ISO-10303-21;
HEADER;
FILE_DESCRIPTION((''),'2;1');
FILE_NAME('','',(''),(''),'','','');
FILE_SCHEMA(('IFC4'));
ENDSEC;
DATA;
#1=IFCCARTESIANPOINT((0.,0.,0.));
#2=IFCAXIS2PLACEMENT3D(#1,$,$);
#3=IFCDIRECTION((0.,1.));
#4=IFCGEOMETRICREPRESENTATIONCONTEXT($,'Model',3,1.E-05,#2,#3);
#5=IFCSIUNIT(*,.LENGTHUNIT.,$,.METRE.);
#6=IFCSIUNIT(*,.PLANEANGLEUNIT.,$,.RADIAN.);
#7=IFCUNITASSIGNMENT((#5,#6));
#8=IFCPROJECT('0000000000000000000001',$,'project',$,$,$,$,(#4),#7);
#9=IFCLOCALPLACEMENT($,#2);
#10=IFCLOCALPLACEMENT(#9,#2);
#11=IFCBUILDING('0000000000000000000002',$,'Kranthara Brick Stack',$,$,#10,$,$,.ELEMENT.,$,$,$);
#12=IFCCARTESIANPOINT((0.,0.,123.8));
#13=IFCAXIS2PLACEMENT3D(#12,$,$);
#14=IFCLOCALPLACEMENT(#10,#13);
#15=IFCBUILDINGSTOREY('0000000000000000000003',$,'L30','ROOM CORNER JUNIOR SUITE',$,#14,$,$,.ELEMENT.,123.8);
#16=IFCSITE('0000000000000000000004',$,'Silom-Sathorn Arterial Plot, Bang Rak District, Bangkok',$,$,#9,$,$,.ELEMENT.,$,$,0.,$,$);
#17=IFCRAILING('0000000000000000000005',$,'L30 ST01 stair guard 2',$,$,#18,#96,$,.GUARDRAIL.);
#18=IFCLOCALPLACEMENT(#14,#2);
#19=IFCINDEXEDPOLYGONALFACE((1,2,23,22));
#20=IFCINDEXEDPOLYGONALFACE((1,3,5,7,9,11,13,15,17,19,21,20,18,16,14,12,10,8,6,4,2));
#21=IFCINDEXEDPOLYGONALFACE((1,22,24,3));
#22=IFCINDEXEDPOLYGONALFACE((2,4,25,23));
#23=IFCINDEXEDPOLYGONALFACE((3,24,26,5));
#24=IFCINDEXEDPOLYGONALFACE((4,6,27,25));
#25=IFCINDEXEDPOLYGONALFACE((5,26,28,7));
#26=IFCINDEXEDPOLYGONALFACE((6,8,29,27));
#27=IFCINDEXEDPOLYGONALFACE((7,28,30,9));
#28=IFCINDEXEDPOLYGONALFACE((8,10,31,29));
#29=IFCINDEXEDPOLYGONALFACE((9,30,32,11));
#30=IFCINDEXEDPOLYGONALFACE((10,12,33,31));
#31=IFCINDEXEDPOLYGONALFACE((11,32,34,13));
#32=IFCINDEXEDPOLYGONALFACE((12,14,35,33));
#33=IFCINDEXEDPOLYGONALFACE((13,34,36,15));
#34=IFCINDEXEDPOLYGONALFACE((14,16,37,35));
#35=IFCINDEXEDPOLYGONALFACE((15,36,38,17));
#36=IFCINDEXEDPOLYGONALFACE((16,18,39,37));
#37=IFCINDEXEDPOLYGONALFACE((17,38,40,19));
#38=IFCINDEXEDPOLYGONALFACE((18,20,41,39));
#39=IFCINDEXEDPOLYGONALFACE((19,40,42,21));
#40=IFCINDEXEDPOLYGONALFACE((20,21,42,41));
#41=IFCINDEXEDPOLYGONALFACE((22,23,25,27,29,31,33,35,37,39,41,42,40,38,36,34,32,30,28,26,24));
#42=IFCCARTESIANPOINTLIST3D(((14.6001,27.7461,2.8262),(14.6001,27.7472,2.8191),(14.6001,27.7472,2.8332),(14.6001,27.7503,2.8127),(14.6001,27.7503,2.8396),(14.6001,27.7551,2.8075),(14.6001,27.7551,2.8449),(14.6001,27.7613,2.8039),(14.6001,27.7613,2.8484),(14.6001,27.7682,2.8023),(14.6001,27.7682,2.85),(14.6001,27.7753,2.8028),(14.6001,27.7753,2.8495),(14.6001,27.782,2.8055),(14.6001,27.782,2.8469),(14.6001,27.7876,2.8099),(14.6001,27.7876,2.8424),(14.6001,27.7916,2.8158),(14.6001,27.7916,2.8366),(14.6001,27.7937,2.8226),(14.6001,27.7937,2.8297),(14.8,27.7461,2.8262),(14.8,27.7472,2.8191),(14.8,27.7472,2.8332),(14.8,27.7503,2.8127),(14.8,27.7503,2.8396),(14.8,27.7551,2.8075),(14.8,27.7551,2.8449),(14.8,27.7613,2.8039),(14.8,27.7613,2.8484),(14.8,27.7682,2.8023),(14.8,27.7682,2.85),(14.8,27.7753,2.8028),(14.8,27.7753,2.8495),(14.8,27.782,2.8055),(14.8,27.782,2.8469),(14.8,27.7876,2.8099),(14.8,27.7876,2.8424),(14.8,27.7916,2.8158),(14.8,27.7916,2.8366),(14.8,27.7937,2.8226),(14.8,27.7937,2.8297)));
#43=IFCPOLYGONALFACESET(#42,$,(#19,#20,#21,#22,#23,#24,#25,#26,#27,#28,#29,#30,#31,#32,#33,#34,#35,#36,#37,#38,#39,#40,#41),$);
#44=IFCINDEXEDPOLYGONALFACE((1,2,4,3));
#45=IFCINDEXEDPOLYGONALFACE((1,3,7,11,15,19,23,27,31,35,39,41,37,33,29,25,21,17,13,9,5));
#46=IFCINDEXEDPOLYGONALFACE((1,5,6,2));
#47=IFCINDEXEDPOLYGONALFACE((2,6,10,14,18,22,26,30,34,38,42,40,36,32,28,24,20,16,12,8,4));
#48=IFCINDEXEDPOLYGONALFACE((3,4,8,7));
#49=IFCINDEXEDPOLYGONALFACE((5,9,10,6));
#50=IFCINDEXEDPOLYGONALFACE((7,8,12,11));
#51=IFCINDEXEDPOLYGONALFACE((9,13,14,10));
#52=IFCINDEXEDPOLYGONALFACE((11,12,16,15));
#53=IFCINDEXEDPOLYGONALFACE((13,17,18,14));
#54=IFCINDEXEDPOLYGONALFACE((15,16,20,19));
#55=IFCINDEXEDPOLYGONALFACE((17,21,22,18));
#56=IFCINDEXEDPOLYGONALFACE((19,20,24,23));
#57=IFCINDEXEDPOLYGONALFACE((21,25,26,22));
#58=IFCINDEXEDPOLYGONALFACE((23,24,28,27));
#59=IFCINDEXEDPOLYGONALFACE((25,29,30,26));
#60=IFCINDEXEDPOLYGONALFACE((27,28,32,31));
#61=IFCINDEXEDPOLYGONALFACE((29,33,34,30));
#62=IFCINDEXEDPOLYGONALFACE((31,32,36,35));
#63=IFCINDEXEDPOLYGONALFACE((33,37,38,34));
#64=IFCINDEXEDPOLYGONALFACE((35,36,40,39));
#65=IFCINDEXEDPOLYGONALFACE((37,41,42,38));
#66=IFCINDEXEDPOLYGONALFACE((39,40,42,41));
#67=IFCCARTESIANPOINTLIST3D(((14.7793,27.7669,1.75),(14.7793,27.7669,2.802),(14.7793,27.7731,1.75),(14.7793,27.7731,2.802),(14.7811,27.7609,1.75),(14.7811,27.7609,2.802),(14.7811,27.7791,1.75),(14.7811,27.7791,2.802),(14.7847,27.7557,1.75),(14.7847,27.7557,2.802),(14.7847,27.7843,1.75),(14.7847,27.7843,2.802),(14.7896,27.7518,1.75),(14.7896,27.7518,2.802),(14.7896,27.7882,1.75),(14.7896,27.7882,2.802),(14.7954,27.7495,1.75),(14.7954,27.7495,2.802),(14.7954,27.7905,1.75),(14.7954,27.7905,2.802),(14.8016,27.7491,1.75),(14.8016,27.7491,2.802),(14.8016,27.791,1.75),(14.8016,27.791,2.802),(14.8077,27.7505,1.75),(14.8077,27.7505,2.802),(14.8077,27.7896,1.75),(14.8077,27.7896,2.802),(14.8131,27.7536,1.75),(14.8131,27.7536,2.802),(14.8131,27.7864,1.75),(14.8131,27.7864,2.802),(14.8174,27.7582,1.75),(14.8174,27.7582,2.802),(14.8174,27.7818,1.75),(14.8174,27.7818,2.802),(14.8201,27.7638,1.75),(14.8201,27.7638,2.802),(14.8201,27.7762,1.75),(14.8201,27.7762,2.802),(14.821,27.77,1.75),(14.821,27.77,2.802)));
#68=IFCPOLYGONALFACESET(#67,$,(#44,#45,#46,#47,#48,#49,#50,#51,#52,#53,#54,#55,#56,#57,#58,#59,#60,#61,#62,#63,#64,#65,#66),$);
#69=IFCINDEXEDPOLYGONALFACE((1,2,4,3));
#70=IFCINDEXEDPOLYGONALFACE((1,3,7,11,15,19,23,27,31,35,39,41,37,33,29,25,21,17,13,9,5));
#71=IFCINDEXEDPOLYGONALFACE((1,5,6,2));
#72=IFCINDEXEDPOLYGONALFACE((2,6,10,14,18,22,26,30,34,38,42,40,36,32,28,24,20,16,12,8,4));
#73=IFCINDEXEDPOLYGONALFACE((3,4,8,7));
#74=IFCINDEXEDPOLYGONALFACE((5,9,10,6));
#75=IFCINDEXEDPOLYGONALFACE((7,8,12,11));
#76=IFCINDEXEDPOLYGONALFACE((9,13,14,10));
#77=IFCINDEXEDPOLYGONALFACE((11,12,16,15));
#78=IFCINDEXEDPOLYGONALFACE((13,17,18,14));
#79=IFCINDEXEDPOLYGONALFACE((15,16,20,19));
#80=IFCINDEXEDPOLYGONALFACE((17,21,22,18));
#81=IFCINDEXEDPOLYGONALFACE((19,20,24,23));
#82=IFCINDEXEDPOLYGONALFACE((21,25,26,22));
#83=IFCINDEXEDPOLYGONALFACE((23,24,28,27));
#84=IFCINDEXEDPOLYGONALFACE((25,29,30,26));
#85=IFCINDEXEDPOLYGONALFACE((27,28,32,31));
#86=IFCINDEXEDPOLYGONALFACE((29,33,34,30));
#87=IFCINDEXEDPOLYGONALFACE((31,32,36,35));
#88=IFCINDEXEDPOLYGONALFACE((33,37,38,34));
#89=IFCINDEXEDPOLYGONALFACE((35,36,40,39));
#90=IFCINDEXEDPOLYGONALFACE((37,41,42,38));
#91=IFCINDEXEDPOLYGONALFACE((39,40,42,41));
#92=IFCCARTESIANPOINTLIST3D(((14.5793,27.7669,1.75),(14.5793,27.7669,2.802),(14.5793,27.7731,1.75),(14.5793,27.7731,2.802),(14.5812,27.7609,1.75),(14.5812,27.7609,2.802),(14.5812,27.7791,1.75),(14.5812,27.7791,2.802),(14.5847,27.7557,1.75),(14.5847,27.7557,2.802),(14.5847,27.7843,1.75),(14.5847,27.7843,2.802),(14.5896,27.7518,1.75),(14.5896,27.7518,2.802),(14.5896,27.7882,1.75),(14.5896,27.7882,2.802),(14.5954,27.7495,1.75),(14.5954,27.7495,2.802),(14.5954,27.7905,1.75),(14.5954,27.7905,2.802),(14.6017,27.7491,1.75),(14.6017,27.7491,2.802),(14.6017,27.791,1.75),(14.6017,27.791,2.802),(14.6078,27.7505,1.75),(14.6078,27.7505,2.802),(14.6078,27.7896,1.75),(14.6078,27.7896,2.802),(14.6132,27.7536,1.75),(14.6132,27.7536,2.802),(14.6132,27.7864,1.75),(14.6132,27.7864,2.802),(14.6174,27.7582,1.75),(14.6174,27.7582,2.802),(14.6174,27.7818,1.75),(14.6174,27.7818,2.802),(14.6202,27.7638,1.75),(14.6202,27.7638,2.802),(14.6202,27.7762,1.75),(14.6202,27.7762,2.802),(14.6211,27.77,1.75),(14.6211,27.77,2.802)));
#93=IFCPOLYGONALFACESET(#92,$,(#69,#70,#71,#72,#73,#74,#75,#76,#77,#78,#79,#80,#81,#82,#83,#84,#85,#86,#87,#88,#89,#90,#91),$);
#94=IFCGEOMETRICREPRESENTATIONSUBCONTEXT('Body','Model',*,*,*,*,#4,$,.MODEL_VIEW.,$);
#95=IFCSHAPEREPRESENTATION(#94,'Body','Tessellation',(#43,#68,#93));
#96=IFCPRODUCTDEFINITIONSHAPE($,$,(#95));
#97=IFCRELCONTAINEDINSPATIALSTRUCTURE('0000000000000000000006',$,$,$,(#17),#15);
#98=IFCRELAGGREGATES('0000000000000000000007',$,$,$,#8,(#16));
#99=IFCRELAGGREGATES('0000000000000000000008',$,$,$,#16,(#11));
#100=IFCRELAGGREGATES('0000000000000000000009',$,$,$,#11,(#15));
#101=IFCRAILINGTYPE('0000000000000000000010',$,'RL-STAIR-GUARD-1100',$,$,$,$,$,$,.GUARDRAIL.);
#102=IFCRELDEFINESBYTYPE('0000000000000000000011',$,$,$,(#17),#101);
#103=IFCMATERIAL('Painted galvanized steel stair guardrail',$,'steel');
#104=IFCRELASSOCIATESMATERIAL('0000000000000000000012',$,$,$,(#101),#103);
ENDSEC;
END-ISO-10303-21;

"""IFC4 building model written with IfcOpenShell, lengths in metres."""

from ifc_helpers import new_model, si_unit, direction, frame, origin, origin_2d, place, context, subcontext, project, spatial, circle, extrude, material, type_object, element, save


model = new_model("IFC4")

# Units and contexts
model_context = context("Model", 3, precision=1e-05, world=origin(), true_north=direction((0.0, 1.0)))
body_context = subcontext(model_context, "Body", "Model", "MODEL_VIEW")
ifc_project = project(units=[si_unit("LENGTHUNIT", "METRE"), si_unit("PLANEANGLEUNIT", "RADIAN")], contexts=[model_context])

# Site, building, storey
site_placement = place(None, origin())
site = spatial("IfcSite", under=ifc_project, at=site_placement, Name="Silom-Sathorn Arterial Plot, Bang Rak District, Bangkok", CompositionType="ELEMENT", RefElevation=0.0)
building_placement = place(site_placement, origin())
building = spatial("IfcBuilding", under=site, at=building_placement, Name="Kranthara Brick Stack", CompositionType="ELEMENT")
storey_placement = place(building_placement, frame((0.0, 0.0, 123.8)))
storey = spatial("IfcBuildingStorey", under=building, at=storey_placement, Name="L30", Description="ROOM CORNER JUNIOR SUITE", CompositionType="ELEMENT", Elevation=123.8)

# Railing
ifc_material_1 = material(Name="Painted galvanized steel stair guardrail", Category="steel")
railing_type_1 = type_object("IfcRailingType", Name="RL-STAIR-GUARD-1100", PredefinedType="GUARDRAIL", material=ifc_material_1)
railing_1_placement = place(storey_placement, frame((14.8, 27.77, 1.75)))
element("IfcRailing", 1, at=railing_1_placement, inside=storey, type_object=railing_type_1, Name="L30 ST01 stair guard 2", PredefinedType="GUARDRAIL", context=body_context, shape_type="SweptSolid", body=[
    extrude(circle(Radius=0.0239, at=origin_2d()), frame((0.0, 0.0, 1.0762), z_axis=(-1.0, 0.0, 0.0), x_axis=(0.0, -1.0, 0.0)), (0.0, 0.0, 1.0), 0.2),
    extrude(circle(Radius=0.021, at=origin_2d()), origin(), (0.0, 0.0, 1.0), 1.052),
    extrude(circle(Radius=0.021, at=origin_2d()), frame((-0.2, 0.0, 0.0)), (0.0, 0.0, 1.0), 1.052),
])

save(model, "model.ifc")
